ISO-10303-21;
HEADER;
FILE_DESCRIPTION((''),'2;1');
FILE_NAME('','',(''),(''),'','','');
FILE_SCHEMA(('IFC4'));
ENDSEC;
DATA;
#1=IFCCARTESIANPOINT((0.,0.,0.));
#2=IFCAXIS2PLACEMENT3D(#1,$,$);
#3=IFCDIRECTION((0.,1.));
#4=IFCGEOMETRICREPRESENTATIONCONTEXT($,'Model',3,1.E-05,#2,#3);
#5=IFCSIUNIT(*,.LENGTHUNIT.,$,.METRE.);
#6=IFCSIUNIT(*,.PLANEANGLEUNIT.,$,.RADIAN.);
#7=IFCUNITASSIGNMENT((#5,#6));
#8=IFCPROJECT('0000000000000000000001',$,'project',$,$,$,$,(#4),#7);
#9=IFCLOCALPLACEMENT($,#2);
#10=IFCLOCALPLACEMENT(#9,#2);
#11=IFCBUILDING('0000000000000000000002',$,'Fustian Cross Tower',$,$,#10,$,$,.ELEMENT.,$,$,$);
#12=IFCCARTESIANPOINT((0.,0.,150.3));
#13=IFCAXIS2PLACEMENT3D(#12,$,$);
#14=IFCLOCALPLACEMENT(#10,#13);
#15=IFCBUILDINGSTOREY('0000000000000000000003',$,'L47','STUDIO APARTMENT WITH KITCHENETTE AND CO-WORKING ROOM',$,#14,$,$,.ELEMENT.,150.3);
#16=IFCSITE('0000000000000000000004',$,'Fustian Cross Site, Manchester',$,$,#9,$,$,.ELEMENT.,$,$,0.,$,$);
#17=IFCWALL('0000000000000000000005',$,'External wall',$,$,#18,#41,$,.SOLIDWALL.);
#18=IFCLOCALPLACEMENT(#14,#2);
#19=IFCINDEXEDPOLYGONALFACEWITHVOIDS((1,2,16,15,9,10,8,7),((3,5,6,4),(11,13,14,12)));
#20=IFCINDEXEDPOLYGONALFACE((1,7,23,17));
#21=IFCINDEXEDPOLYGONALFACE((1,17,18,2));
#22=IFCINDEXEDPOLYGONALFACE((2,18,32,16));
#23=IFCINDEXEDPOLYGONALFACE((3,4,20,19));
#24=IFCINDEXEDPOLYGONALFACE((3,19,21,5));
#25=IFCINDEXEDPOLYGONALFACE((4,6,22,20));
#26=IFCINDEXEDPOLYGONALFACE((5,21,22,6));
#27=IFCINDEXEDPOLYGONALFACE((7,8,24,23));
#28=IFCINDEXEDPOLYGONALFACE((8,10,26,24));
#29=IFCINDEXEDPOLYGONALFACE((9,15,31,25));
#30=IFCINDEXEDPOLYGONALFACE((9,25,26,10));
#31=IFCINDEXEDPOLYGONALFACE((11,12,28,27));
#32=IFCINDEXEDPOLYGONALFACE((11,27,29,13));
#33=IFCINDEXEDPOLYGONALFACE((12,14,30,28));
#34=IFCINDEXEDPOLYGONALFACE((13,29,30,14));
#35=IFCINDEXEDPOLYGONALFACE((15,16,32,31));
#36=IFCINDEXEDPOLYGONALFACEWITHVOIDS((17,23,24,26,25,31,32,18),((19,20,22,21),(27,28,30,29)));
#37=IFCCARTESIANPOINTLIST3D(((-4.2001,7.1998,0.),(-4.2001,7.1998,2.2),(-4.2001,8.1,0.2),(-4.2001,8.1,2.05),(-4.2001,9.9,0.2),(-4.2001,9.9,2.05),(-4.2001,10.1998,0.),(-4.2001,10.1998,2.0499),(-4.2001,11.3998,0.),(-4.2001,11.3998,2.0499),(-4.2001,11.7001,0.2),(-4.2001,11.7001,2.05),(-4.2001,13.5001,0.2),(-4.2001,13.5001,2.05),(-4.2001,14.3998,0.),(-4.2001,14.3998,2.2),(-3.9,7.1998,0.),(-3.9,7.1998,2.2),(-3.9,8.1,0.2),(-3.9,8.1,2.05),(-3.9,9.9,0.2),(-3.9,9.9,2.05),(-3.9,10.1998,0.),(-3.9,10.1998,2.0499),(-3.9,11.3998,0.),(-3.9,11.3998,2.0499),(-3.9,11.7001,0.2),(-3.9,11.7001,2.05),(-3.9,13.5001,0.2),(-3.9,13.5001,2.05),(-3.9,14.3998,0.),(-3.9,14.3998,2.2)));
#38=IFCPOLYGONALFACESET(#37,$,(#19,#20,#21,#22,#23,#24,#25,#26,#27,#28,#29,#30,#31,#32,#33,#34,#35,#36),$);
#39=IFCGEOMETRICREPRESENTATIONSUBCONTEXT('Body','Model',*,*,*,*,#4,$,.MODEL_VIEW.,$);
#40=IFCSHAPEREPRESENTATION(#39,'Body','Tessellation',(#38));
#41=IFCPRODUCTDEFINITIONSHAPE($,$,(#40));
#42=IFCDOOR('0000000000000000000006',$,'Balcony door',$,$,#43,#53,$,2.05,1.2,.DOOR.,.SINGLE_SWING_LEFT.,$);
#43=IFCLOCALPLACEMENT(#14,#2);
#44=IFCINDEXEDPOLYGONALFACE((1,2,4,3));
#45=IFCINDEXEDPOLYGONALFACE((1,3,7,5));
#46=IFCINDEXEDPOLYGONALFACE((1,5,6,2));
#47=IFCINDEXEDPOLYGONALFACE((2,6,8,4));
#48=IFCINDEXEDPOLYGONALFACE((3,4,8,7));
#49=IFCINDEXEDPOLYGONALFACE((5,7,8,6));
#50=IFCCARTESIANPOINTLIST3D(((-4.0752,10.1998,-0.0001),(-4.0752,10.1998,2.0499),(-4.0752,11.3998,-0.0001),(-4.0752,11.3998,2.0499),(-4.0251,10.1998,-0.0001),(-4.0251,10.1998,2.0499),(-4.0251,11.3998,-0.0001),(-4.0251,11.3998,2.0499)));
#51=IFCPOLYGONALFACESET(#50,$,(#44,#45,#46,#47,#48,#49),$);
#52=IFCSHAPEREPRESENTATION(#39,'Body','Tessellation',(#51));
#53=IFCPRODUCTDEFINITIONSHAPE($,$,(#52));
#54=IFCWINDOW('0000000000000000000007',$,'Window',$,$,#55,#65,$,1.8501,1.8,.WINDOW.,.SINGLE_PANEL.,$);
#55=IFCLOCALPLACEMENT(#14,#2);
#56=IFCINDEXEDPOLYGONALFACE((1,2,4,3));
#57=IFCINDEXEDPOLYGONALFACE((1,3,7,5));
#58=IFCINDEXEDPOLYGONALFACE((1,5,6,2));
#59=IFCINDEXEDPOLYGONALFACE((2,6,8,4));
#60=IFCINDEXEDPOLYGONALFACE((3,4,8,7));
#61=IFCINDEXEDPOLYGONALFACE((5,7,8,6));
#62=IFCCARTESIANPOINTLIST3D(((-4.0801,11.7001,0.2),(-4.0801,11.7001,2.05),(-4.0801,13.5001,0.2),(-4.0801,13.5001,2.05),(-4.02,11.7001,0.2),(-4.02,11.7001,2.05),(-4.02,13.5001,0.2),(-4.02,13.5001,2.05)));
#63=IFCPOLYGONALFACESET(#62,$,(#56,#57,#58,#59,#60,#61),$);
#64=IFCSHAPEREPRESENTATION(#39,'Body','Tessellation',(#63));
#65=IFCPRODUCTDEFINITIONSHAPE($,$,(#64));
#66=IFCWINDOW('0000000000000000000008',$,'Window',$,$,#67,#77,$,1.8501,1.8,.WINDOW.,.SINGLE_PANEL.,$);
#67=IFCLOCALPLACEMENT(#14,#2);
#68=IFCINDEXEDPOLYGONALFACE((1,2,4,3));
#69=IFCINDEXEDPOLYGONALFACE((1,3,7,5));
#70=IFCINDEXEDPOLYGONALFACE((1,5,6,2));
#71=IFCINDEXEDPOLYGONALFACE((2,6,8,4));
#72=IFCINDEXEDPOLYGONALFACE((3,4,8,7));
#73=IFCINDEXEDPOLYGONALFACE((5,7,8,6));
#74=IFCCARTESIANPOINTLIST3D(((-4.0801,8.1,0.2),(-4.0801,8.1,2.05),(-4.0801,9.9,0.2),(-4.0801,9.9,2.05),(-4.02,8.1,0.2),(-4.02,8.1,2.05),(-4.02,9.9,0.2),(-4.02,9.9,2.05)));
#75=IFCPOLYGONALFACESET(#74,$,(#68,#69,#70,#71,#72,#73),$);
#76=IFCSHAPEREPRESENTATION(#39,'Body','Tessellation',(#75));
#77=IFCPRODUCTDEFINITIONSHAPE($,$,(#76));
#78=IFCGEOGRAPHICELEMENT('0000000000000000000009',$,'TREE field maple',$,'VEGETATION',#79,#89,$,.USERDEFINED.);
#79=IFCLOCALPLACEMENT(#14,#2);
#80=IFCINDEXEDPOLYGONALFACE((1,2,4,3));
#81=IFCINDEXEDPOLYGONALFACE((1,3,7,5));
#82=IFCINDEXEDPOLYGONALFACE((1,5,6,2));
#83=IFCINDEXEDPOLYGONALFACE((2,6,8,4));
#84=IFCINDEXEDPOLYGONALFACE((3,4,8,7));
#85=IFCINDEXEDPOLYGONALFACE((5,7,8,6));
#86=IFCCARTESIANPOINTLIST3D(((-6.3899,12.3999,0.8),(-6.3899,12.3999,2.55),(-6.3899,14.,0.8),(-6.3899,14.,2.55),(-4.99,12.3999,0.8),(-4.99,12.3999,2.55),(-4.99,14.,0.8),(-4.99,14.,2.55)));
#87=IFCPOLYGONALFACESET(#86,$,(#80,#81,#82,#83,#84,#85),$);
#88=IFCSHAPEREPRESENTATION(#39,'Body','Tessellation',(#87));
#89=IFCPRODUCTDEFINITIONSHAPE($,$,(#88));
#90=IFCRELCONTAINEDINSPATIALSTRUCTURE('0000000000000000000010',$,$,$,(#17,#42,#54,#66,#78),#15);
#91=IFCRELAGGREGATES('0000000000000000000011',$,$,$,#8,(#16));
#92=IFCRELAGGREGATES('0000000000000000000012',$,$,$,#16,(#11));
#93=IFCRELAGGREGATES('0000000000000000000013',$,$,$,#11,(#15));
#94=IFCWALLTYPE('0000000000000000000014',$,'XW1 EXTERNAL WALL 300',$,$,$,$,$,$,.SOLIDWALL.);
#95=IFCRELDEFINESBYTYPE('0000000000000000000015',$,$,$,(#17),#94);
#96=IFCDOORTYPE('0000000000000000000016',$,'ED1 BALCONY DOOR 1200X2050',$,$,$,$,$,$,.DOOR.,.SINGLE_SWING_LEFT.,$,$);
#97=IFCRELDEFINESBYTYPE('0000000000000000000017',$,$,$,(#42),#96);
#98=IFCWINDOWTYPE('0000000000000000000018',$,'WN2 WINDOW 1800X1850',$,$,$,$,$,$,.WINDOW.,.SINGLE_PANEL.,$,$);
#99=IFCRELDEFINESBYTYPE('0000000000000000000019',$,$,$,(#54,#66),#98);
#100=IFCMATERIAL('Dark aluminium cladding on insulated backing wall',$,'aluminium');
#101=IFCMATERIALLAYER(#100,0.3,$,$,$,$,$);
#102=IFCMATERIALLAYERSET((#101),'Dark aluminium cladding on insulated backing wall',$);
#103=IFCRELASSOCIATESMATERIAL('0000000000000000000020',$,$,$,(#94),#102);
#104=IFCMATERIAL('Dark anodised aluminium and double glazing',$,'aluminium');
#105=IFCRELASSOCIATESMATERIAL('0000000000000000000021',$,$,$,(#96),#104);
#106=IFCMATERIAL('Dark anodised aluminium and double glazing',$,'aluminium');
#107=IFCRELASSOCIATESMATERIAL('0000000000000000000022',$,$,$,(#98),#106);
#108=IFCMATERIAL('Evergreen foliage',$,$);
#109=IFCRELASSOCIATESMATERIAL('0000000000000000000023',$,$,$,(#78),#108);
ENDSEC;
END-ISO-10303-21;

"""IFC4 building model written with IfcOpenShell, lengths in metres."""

from ifc_helpers import new_model, si_unit, direction, frame, frame_2d, origin, origin_2d, place, context, subcontext, project, spatial, rectangle, extrude, material, layer, layer_set, type_object, element, fill, save


model = new_model("IFC4")

# Units and contexts
model_context = context("Model", 3, precision=1e-05, world=origin(), true_north=direction((0.0, 1.0)))
body_context = subcontext(model_context, "Body", "Model", "MODEL_VIEW")
ifc_project = project(units=[si_unit("LENGTHUNIT", "METRE"), si_unit("PLANEANGLEUNIT", "RADIAN")], contexts=[model_context])

# Site, building, storey
site_placement = place(None, origin())
site = spatial("IfcSite", under=ifc_project, at=site_placement, Name="Fustian Cross Site, Manchester", CompositionType="ELEMENT", RefElevation=0.0)
building_placement = place(site_placement, origin())
building = spatial("IfcBuilding", under=site, at=building_placement, Name="Fustian Cross Tower", CompositionType="ELEMENT")
storey_placement = place(building_placement, frame((0.0, 0.0, 150.3)))
storey = spatial("IfcBuildingStorey", under=building, at=storey_placement, Name="L47", Description="STUDIO APARTMENT WITH KITCHENETTE AND CO-WORKING ROOM", CompositionType="ELEMENT", Elevation=150.3)

# Shared definitions
ifc_material_1 = material(Name="Dark aluminium cladding on insulated backing wall", Category="aluminium")
ifc_layer_1 = layer(ifc_material_1, 0.3)
ifc_layer_set_1 = layer_set([ifc_layer_1], Name="Dark aluminium cladding on insulated backing wall")
wall_type_1 = type_object("IfcWallType", Name="XW1 EXTERNAL WALL 300", PredefinedType="SOLIDWALL", material=ifc_layer_set_1)

# Wall, openings, door, windows
wall_1_placement = place(storey_placement, frame((-4.05, 14.3999, 0.0), z_axis=(0.0, 0.0, 1.0), x_axis=(0.0, -1.0, 0.0)))
wall_1 = element("IfcWall", 1, at=wall_1_placement, inside=storey, type_object=wall_type_1, Name="External wall", PredefinedType="SOLIDWALL", context=body_context, shape_type="SweptSolid", body=[
    extrude(rectangle(XDim=7.2, YDim=0.3, at=frame_2d((3.6001, 0.0))), origin(), (0.0, 0.0, 1.0), 2.2),
])
opening_1_placement = place(wall_1_placement, frame((3.0, 0.0, 0.0)))
opening_1 = element("IfcOpeningElement", 2, at=opening_1_placement, cuts=wall_1, PredefinedType="OPENING", context=body_context, shape_type="SweptSolid", body=[
    extrude(rectangle(XDim=1.2, YDim=2.05, at=frame_2d((0.6001, 1.0249))), frame((0.0, 0.1599, 0.0), z_axis=(0.0, -1.0, 0.0), x_axis=(1.0, 0.0, 0.0)), (0.0, 0.0, 1.0), 0.3201),
])
opening_2_placement = place(wall_1_placement, frame((0.8999, 0.0, 0.2)))
opening_2 = element("IfcOpeningElement", 3, at=opening_2_placement, cuts=wall_1, PredefinedType="OPENING", context=body_context, shape_type="SweptSolid", body=[
    extrude(rectangle(XDim=1.8, YDim=1.8501, at=frame_2d((0.8999, 0.925))), frame((0.0, 0.1599, 0.0), z_axis=(0.0, -1.0, 0.0), x_axis=(1.0, 0.0, 0.0)), (0.0, 0.0, 1.0), 0.3201),
])
opening_3_placement = place(wall_1_placement, frame((4.5, 0.0, 0.2)))
opening_3 = element("IfcOpeningElement", 4, at=opening_3_placement, cuts=wall_1, PredefinedType="OPENING", context=body_context, shape_type="SweptSolid", body=[
    extrude(rectangle(XDim=1.8, YDim=1.8501, at=frame_2d((0.8999, 0.925))), frame((0.0, 0.1599, 0.0), z_axis=(0.0, -1.0, 0.0), x_axis=(1.0, 0.0, 0.0)), (0.0, 0.0, 1.0), 0.3201),
])
ifc_material_2 = material(Name="Dark anodised aluminium and double glazing", Category="aluminium")
door_type_1 = type_object("IfcDoorType", Name="ED1 BALCONY DOOR 1200X2050", OperationType="SINGLE_SWING_LEFT", PredefinedType="DOOR", material=ifc_material_2)
door_1_placement = place(opening_1_placement, origin())
door_1 = element("IfcDoor", 5, at=door_1_placement, inside=storey, type_object=door_type_1, Name="Balcony door", OperationType="SINGLE_SWING_LEFT", OverallHeight=2.05, OverallWidth=1.2, PredefinedType="DOOR", context=body_context, shape_type="SweptSolid", body=[
    extrude(rectangle(XDim=1.2, YDim=2.05, at=frame_2d((0.6001, 1.0249))), frame((0.0, 0.0249, 0.0), z_axis=(0.0, -1.0, 0.0), x_axis=(1.0, 0.0, 0.0)), (0.0, 0.0, 1.0), 0.05),
])
fill(opening_1, door_1)
ifc_material_3 = material(Name="Dark anodised aluminium and double glazing", Category="aluminium")
window_type_1 = type_object("IfcWindowType", Name="WN2 WINDOW 1800X1850", PartitioningType="SINGLE_PANEL", PredefinedType="WINDOW", material=ifc_material_3)
window_1_placement = place(opening_2_placement, origin())
window_1 = element("IfcWindow", 6, at=window_1_placement, inside=storey, type_object=window_type_1, Name="Window", OverallHeight=1.8501, OverallWidth=1.8, PartitioningType="SINGLE_PANEL", PredefinedType="WINDOW", context=body_context, shape_type="SweptSolid", body=[
    extrude(rectangle(XDim=1.8, YDim=1.8501, at=frame_2d((0.8999, 0.925))), frame((0.0, 0.03, 0.0), z_axis=(0.0, -1.0, 0.0), x_axis=(1.0, 0.0, 0.0)), (0.0, 0.0, 1.0), 0.0601),
])
fill(opening_2, window_1)
window_2_placement = place(opening_3_placement, origin())
window_2 = element("IfcWindow", 7, at=window_2_placement, inside=storey, type_object=window_type_1, Name="Window", OverallHeight=1.8501, OverallWidth=1.8, PartitioningType="SINGLE_PANEL", PredefinedType="WINDOW", context=body_context, shape_type="SweptSolid", body=[
    extrude(rectangle(XDim=1.8, YDim=1.8501, at=frame_2d((0.8999, 0.925))), frame((0.0, 0.03, 0.0), z_axis=(0.0, -1.0, 0.0), x_axis=(1.0, 0.0, 0.0)), (0.0, 0.0, 1.0), 0.0601),
])
fill(opening_3, window_2)

# Geographic element
ifc_material_4 = material(Name="Evergreen foliage")
geographic_element_placement = place(storey_placement, frame((-5.6899, 13.2, 0.8), z_axis=(0.0, 0.0, 1.0), x_axis=(1.0, 0.0, 0.0)))
element("IfcGeographicElement", 8, at=geographic_element_placement, inside=storey, material=ifc_material_4, Name="TREE field maple", ObjectType="VEGETATION", PredefinedType="USERDEFINED", context=body_context, shape_type="SweptSolid", body=[
    extrude(rectangle(XDim=1.3999, YDim=1.6001, at=origin_2d()), origin(), (0.0, 0.0, 1.0), 1.75),
])

save(model, "model.ifc")
